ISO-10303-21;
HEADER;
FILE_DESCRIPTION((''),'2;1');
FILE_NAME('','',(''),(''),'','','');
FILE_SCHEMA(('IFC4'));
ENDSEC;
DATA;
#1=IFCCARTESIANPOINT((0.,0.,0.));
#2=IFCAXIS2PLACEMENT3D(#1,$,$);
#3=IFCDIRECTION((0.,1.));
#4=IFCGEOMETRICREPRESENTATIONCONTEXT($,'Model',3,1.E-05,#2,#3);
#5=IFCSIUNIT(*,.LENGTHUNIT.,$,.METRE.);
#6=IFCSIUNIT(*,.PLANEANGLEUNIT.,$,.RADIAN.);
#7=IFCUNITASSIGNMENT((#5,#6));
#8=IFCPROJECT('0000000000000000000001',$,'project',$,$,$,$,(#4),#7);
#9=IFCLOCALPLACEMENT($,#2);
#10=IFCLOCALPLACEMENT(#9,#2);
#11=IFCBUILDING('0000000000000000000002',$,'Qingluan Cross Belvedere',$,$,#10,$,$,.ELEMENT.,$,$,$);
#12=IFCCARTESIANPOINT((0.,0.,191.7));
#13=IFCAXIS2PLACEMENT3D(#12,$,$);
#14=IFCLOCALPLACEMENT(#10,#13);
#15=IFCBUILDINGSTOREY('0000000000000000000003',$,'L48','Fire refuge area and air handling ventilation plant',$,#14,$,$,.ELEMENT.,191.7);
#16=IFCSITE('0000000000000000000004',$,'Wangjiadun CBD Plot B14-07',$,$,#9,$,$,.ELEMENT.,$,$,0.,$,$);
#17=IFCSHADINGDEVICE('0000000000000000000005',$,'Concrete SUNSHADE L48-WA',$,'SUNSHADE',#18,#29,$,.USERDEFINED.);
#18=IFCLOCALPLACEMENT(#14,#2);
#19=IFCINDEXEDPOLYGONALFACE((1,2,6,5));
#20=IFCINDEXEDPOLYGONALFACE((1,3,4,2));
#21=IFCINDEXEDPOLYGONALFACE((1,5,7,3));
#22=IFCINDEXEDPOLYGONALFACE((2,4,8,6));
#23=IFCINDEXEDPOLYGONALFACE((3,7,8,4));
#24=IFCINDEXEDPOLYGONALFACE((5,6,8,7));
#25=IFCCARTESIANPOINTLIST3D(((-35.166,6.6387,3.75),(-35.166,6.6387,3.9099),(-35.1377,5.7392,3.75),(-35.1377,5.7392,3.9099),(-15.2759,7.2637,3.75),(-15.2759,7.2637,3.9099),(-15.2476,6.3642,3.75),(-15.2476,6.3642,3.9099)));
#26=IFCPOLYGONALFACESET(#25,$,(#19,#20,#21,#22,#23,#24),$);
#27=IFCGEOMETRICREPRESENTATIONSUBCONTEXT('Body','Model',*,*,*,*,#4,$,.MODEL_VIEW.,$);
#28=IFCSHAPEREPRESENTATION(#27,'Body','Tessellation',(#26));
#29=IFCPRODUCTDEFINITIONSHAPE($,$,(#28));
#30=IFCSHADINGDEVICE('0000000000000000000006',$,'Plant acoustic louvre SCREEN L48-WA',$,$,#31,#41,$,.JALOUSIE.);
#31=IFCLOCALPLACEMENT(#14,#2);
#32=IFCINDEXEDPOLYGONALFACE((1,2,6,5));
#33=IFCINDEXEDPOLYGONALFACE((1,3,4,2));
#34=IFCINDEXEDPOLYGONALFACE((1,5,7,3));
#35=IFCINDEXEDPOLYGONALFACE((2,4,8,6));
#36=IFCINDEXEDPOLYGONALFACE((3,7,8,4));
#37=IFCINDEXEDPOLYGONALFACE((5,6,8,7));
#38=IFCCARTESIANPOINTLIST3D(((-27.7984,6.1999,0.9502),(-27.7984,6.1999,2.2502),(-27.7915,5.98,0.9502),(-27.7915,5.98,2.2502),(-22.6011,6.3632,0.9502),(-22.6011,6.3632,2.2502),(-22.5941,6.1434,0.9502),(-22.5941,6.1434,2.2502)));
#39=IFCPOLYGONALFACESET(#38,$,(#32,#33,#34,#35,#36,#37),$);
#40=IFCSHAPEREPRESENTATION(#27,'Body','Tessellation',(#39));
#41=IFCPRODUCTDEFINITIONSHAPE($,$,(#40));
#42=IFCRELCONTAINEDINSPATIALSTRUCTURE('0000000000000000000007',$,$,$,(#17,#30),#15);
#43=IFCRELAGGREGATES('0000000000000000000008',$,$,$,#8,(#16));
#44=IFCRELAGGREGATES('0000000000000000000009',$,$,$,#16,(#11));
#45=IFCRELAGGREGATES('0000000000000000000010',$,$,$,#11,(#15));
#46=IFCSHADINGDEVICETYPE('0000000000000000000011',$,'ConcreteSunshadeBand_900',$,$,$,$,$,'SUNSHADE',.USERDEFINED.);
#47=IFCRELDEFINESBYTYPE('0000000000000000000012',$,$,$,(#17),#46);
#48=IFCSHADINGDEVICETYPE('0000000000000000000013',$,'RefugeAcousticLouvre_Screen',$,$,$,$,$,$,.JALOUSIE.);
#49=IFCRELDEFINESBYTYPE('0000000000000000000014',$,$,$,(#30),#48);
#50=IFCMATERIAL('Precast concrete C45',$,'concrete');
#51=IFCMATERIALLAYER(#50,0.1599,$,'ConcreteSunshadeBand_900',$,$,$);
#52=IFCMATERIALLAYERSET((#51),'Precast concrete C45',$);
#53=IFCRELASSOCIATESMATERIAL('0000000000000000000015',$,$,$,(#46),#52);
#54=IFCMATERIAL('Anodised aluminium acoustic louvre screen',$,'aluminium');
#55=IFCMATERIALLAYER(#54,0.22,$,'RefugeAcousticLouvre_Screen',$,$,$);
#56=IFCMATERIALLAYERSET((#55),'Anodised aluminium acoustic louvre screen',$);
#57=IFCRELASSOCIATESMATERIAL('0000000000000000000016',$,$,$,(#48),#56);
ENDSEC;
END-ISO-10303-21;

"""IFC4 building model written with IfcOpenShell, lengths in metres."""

from ifc_helpers import new_model, si_unit, direction, frame, origin, origin_2d, place, context, subcontext, project, spatial, rectangle, extrude, material, layer, layer_set, type_object, element, save


model = new_model("IFC4")

# Units and contexts
model_context = context("Model", 3, precision=1e-05, world=origin(), true_north=direction((0.0, 1.0)))
body_context = subcontext(model_context, "Body", "Model", "MODEL_VIEW")
ifc_project = project(units=[si_unit("LENGTHUNIT", "METRE"), si_unit("PLANEANGLEUNIT", "RADIAN")], contexts=[model_context])

# Site, building, storey
site_placement = place(None, origin())
site = spatial("IfcSite", under=ifc_project, at=site_placement, Name="Wangjiadun CBD Plot B14-07", CompositionType="ELEMENT", RefElevation=0.0)
building_placement = place(site_placement, origin())
building = spatial("IfcBuilding", under=site, at=building_placement, Name="Qingluan Cross Belvedere", CompositionType="ELEMENT")
storey_placement = place(building_placement, frame((0.0, 0.0, 191.7)))
storey = spatial("IfcBuildingStorey", under=building, at=storey_placement, Name="L48", Description="Fire refuge area and air handling ventilation plant", CompositionType="ELEMENT", Elevation=191.7)

# Shading devices
ifc_material_1 = material(Name="Precast concrete C45", Category="concrete")
ifc_layer_1 = layer(ifc_material_1, 0.1599, Name="ConcreteSunshadeBand_900")
ifc_layer_set_1 = layer_set([ifc_layer_1], Name="Precast concrete C45")
shading_device_type_1 = type_object("IfcShadingDeviceType", Name="ConcreteSunshadeBand_900", ElementType="SUNSHADE", PredefinedType="USERDEFINED", material=ifc_layer_set_1)
shading_device_1_placement = place(storey_placement, frame((-25.2068, 6.5015, 3.75), z_axis=(0.0, 0.0, 1.0), x_axis=(-0.999507, -0.031408, 0.0)))
element("IfcShadingDevice", 1, at=shading_device_1_placement, inside=storey, type_object=shading_device_type_1, Name="Concrete SUNSHADE L48-WA", ObjectType="SUNSHADE", PredefinedType="USERDEFINED", context=body_context, shape_type="SweptSolid", body=[
    extrude(rectangle(XDim=19.8999, YDim=0.8999, at=origin_2d()), origin(), (0.0, 0.0, 1.0), 0.1599),
])
ifc_material_2 = material(Name="Anodised aluminium acoustic louvre screen", Category="aluminium")
ifc_layer_2 = layer(ifc_material_2, 0.22, Name="RefugeAcousticLouvre_Screen")
ifc_layer_set_2 = layer_set([ifc_layer_2], Name="Anodised aluminium acoustic louvre screen")
shading_device_type_2 = type_object("IfcShadingDeviceType", Name="RefugeAcousticLouvre_Screen", PredefinedType="JALOUSIE", material=ifc_layer_set_2)
shading_device_2_placement = place(storey_placement, frame((-25.1963, 6.1716, 0.9502), z_axis=(0.0, 0.0, 1.0), x_axis=(-0.999507, -0.031408, 0.0)))
element("IfcShadingDevice", 2, at=shading_device_2_placement, inside=storey, type_object=shading_device_type_2, Name="Plant acoustic louvre SCREEN L48-WA", PredefinedType="JALOUSIE", context=body_context, shape_type="SweptSolid", body=[
    extrude(rectangle(XDim=5.2, YDim=0.22, at=origin_2d()), origin(), (0.0, 0.0, 1.0), 1.3),
])

save(model, "model.ifc")
